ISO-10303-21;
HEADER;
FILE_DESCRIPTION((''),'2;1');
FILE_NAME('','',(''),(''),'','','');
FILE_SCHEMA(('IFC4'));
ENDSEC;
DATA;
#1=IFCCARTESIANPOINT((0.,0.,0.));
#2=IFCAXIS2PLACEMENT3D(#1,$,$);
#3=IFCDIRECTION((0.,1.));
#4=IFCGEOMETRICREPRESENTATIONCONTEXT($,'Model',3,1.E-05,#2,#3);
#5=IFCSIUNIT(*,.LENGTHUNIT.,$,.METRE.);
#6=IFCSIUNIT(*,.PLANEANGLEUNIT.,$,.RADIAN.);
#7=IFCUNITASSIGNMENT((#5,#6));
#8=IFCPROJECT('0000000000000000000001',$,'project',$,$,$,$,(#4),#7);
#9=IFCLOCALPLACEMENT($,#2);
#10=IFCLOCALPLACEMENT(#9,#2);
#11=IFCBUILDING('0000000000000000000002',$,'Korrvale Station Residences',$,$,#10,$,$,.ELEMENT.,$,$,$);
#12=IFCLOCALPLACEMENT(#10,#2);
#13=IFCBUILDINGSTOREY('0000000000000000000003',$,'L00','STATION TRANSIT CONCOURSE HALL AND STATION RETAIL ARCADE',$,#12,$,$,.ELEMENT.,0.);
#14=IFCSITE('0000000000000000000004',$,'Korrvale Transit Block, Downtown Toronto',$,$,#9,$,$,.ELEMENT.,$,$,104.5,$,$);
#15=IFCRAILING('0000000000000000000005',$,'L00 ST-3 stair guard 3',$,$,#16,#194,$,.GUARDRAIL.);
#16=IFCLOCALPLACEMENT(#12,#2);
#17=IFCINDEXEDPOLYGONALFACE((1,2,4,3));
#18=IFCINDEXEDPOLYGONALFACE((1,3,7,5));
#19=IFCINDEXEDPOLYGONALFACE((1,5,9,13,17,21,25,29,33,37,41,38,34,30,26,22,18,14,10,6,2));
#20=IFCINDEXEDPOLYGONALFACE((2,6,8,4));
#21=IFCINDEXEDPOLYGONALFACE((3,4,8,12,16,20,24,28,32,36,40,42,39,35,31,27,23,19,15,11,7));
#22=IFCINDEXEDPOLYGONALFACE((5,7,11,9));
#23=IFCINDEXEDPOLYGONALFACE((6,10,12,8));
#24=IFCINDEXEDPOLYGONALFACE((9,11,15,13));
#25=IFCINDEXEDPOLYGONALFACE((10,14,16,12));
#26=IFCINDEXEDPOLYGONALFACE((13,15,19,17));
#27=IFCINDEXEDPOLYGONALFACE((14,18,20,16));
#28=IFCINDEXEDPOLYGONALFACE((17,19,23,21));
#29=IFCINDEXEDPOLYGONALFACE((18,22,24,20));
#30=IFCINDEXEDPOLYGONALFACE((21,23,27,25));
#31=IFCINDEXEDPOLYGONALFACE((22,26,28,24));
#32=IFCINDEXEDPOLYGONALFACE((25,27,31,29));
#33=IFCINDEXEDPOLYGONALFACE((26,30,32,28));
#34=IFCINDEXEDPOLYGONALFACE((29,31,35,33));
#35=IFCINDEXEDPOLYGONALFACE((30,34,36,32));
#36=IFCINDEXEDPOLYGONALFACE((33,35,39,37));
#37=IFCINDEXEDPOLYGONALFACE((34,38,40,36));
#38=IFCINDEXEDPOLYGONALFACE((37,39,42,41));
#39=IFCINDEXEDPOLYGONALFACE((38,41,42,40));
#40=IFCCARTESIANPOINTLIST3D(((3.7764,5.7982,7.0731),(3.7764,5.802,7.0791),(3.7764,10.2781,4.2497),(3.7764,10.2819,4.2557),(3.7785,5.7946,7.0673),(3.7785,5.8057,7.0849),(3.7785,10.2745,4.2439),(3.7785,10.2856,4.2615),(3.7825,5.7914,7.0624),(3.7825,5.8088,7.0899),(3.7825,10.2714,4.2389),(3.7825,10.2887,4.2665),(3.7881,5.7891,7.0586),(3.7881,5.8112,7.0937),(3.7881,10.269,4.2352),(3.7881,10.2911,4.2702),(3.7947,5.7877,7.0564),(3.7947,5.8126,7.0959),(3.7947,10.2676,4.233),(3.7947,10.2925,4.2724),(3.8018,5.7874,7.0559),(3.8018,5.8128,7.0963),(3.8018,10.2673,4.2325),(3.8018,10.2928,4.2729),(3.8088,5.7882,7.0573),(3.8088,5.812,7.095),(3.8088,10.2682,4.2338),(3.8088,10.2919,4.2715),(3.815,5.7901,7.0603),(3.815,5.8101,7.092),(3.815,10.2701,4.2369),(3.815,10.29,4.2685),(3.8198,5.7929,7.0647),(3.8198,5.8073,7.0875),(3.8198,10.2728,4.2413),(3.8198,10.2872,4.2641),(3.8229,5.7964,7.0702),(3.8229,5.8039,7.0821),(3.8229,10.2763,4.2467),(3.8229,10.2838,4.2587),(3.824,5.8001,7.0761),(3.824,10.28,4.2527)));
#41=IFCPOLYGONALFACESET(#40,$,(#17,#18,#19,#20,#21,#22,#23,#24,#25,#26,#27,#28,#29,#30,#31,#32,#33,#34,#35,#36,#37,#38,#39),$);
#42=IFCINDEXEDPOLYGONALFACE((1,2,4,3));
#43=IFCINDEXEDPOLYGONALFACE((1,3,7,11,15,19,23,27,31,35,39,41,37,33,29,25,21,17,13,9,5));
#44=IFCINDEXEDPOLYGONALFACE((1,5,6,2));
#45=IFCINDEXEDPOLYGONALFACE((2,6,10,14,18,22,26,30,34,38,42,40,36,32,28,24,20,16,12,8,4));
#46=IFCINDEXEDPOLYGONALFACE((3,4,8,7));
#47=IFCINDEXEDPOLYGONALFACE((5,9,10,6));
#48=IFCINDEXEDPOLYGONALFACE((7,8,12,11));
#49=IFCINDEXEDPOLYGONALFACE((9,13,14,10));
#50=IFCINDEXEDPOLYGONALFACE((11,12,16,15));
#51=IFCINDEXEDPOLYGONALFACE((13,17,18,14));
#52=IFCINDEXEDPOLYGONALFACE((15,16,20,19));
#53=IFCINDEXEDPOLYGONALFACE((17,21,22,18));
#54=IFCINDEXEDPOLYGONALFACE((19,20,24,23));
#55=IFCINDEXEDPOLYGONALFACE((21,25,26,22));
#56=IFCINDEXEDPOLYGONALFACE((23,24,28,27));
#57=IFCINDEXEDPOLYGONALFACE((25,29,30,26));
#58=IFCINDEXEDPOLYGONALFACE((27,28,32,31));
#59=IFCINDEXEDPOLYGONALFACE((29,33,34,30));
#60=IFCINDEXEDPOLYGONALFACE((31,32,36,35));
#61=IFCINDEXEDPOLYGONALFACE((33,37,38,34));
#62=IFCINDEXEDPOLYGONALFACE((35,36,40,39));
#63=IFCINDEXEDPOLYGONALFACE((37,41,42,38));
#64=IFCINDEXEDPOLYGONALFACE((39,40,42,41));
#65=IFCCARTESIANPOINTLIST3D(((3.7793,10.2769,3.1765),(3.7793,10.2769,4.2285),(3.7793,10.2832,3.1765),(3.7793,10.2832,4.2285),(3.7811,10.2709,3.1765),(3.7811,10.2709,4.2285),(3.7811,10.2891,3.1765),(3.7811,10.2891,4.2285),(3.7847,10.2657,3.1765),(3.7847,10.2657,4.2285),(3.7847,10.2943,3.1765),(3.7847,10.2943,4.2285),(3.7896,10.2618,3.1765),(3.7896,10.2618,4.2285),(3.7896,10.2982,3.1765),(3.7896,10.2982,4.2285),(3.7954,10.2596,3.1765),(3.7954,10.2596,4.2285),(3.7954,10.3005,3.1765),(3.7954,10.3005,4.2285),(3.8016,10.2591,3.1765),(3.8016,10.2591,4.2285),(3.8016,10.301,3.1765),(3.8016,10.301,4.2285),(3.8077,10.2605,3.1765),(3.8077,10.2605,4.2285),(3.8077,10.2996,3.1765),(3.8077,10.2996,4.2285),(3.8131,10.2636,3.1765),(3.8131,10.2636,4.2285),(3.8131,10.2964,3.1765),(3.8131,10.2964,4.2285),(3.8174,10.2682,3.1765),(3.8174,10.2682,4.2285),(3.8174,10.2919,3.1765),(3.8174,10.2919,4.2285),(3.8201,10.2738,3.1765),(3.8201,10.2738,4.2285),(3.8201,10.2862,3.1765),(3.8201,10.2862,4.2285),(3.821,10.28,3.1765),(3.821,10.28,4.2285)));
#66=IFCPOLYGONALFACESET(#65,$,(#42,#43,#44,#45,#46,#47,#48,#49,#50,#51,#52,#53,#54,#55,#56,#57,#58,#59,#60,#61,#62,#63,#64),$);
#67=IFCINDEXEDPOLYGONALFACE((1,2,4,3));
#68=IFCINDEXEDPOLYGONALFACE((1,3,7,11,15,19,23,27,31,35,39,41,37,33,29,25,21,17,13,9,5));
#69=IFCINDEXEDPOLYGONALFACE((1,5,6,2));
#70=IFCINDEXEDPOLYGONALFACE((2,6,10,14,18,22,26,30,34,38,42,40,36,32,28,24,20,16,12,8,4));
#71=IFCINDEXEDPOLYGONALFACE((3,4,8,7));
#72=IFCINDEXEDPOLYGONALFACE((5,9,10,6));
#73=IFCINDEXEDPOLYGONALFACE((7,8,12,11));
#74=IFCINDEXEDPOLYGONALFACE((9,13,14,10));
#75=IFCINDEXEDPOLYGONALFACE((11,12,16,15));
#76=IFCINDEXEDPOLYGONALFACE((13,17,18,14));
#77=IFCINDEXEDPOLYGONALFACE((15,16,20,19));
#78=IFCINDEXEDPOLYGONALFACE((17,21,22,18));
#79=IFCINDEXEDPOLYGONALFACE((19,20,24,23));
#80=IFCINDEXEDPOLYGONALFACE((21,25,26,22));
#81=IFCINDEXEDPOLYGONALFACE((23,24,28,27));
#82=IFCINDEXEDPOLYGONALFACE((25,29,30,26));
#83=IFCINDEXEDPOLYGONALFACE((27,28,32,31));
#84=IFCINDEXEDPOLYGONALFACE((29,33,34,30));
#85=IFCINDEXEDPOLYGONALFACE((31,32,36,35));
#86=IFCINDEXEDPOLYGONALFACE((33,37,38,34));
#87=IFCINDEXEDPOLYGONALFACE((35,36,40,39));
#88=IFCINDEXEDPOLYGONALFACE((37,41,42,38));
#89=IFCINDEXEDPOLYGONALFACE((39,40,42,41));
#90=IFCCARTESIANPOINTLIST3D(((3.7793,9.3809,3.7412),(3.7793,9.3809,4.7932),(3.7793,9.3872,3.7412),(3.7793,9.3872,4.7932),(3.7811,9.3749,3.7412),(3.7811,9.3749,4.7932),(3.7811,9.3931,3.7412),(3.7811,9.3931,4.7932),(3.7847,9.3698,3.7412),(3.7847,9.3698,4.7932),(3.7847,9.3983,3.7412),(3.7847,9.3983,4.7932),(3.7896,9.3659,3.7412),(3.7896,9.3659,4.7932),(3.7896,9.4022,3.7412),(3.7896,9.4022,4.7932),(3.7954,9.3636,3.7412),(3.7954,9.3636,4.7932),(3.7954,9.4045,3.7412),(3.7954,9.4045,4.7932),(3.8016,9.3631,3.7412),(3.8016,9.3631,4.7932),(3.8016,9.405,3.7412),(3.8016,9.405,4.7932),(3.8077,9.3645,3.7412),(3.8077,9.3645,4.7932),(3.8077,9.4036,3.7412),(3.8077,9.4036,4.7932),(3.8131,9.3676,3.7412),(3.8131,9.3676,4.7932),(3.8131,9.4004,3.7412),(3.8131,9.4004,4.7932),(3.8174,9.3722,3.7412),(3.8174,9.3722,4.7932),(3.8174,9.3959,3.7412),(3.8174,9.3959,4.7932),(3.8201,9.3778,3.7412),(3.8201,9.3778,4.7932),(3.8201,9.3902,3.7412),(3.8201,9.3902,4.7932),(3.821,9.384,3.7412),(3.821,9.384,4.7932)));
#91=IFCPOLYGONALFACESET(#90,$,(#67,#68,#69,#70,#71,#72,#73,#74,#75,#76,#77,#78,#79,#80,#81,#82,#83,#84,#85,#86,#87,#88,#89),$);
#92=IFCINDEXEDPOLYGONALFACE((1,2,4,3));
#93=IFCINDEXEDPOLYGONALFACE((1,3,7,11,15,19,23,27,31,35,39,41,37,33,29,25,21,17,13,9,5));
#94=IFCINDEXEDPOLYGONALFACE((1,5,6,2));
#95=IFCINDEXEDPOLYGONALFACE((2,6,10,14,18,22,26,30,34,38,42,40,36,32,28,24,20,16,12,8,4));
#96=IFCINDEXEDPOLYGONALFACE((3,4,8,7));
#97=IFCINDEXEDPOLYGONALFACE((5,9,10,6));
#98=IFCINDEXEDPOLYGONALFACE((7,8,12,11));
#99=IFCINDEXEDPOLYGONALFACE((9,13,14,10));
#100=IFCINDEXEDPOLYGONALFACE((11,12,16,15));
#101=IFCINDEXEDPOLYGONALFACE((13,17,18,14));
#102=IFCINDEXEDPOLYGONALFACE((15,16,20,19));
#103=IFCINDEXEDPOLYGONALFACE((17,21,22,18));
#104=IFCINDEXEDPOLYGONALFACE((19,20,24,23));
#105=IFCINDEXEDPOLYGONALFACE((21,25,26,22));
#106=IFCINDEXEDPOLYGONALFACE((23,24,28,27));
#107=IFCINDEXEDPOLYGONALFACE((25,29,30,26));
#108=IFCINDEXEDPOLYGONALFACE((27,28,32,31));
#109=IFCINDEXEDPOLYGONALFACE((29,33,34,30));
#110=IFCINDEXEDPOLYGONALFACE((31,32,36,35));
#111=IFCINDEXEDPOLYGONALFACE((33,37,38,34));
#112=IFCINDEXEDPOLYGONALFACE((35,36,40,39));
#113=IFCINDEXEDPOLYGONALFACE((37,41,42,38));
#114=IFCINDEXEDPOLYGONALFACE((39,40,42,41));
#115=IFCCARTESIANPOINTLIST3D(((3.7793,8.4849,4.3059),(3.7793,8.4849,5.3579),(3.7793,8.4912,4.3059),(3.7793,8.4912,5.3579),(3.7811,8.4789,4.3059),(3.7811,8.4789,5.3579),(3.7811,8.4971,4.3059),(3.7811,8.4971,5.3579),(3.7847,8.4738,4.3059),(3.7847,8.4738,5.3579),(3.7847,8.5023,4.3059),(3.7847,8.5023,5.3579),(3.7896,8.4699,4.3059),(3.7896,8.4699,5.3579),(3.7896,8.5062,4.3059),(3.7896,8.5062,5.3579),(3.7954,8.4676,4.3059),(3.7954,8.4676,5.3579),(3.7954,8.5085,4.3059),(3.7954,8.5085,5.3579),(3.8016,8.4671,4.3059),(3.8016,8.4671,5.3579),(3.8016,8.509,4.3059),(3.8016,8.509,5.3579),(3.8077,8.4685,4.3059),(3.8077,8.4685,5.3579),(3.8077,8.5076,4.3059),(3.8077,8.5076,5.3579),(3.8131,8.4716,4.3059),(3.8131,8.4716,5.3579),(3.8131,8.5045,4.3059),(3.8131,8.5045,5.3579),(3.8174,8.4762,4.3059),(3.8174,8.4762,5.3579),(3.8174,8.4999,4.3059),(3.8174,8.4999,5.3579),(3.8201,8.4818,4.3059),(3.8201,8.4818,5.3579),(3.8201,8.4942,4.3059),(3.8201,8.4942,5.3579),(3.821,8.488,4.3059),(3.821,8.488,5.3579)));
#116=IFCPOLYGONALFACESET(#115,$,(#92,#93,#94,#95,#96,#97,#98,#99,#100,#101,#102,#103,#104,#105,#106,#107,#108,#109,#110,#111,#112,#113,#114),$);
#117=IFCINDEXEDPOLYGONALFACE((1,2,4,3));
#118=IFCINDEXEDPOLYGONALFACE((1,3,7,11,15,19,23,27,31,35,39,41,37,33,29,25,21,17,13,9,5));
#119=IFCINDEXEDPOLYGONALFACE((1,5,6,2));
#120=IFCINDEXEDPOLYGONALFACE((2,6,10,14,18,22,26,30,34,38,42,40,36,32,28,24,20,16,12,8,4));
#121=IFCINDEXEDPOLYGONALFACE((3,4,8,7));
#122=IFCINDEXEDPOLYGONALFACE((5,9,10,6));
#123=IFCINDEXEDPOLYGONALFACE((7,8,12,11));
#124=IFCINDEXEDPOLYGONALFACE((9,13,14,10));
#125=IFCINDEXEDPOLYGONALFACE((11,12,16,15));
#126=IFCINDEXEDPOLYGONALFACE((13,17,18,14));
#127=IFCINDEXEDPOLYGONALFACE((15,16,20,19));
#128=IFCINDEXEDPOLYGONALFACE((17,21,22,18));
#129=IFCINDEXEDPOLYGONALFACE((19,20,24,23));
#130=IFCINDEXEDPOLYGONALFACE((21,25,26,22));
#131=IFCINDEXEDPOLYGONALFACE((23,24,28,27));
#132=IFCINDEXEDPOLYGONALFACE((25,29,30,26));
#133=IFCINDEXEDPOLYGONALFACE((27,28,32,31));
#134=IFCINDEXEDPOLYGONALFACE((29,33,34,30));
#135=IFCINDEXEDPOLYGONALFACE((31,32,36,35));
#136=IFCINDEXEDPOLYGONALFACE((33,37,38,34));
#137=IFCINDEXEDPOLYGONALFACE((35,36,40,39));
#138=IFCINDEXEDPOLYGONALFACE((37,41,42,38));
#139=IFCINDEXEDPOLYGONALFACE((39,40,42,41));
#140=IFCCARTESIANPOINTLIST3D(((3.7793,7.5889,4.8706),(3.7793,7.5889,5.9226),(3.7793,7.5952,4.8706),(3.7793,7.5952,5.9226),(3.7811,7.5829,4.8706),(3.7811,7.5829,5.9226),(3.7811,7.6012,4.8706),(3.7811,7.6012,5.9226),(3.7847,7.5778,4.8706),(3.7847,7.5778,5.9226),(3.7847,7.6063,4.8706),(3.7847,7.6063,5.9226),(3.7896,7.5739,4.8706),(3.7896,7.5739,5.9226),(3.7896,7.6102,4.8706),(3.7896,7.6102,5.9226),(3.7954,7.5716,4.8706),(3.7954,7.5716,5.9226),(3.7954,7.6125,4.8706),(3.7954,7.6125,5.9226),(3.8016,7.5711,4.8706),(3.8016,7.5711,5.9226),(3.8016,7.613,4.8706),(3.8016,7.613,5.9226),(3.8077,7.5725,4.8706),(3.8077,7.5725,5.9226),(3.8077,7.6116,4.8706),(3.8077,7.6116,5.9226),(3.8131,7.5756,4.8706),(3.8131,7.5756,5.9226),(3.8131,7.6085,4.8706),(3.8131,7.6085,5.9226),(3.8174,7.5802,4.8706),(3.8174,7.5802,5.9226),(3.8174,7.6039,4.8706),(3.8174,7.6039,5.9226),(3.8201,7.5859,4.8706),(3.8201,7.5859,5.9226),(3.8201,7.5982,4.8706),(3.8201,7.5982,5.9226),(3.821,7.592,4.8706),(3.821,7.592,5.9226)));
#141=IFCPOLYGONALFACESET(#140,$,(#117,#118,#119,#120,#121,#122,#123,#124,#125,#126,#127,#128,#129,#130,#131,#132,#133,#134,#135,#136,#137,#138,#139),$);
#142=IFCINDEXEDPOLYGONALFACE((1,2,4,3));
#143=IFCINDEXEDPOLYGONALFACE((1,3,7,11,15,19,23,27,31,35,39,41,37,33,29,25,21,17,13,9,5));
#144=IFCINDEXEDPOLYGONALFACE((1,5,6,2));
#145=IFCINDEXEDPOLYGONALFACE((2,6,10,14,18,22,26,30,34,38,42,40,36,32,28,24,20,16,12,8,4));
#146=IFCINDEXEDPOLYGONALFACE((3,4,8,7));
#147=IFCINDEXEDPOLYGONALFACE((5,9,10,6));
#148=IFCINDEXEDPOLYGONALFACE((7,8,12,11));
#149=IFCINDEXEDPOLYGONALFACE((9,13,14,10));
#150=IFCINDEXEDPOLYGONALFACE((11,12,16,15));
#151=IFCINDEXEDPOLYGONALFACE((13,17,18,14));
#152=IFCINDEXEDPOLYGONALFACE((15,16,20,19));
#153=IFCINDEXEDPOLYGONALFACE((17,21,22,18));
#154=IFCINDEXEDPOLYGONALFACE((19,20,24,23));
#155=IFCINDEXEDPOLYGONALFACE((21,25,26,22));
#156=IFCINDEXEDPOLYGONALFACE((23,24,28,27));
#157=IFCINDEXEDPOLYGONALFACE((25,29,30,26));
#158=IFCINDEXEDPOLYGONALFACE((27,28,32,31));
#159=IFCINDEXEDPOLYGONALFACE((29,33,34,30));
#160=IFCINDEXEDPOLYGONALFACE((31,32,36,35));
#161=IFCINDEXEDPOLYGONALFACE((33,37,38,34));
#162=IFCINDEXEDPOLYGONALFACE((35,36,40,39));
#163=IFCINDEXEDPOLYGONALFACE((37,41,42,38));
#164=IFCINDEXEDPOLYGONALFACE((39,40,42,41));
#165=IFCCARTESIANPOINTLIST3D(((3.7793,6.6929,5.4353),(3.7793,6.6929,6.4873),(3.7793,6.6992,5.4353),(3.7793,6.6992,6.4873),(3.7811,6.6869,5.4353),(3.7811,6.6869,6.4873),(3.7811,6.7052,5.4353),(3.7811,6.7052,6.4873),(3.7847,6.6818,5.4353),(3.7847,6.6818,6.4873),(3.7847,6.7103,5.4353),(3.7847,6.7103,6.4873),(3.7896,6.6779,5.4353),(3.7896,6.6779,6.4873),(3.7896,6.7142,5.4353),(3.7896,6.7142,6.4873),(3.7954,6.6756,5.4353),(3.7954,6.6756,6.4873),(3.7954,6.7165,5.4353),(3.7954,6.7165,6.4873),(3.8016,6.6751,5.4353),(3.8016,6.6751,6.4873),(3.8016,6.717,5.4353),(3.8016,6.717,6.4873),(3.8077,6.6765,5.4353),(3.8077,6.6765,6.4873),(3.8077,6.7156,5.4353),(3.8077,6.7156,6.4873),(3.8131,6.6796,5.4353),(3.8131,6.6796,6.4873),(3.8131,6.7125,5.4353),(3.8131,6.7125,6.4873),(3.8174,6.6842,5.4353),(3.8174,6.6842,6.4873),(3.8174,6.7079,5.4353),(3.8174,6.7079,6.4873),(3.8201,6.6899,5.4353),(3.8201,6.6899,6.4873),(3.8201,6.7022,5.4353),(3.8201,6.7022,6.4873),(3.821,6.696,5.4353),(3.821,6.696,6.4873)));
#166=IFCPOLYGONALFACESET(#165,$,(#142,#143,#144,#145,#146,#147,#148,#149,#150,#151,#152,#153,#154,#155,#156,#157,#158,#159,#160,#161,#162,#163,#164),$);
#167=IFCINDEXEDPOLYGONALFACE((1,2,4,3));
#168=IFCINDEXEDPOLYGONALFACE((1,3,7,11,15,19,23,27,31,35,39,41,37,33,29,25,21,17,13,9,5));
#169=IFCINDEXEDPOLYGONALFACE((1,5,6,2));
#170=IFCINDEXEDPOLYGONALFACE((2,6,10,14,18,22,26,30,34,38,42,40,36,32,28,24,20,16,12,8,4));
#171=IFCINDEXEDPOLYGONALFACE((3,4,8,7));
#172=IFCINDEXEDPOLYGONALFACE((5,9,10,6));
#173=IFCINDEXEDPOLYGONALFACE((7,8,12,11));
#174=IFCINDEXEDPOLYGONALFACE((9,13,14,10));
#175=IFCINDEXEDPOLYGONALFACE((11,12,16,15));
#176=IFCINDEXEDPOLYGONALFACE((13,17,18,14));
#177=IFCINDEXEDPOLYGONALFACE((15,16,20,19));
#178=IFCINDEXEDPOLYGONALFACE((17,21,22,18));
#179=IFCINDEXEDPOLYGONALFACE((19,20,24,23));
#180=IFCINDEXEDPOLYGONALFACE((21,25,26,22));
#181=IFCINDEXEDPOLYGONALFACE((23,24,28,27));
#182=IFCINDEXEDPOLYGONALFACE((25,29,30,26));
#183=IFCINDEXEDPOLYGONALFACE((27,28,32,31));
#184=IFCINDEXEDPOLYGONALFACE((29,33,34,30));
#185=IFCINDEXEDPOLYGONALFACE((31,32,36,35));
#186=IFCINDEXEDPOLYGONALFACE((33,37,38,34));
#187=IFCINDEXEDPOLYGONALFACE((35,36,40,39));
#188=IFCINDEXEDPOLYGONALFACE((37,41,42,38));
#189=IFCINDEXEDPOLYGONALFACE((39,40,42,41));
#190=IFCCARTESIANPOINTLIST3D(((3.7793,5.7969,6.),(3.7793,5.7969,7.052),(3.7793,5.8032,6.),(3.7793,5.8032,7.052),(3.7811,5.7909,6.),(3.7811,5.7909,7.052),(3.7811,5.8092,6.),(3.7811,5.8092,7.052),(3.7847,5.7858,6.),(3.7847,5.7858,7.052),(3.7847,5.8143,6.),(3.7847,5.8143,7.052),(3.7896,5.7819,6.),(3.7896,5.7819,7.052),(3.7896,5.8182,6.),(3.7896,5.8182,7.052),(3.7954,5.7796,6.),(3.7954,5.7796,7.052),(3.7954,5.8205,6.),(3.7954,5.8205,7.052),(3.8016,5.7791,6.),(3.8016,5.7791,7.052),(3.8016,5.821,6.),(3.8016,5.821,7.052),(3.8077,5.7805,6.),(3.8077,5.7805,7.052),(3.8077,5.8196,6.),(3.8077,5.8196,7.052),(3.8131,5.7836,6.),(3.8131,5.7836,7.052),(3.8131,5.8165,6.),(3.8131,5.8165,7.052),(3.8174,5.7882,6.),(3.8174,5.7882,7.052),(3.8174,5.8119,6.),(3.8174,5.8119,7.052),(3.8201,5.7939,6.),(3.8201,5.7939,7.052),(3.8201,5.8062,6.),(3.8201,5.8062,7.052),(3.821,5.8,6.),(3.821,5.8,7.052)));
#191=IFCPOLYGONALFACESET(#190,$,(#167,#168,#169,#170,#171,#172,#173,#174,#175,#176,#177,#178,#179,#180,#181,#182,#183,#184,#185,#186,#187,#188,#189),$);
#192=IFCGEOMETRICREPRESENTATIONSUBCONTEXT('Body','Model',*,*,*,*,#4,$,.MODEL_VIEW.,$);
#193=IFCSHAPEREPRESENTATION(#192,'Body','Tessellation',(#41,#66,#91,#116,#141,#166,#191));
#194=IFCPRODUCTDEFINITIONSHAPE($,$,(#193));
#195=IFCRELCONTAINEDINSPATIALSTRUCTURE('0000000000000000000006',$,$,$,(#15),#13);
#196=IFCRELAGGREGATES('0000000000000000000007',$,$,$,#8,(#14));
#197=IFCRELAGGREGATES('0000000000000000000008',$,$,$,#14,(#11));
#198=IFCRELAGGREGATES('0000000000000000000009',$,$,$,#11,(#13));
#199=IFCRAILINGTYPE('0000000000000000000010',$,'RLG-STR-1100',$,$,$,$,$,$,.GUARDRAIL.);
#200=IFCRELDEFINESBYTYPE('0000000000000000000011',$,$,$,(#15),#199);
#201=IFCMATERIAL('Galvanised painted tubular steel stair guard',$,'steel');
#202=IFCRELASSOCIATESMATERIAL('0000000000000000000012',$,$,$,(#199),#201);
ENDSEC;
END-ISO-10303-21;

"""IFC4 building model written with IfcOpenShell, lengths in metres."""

from ifc_helpers import new_model, si_unit, direction, frame, origin, origin_2d, place, context, subcontext, project, spatial, circle, extrude, material, type_object, element, save


model = new_model("IFC4")

# Units and contexts
model_context = context("Model", 3, precision=1e-05, world=origin(), true_north=direction((0.0, 1.0)))
body_context = subcontext(model_context, "Body", "Model", "MODEL_VIEW")
ifc_project = project(units=[si_unit("LENGTHUNIT", "METRE"), si_unit("PLANEANGLEUNIT", "RADIAN")], contexts=[model_context])

# Site, building, storey
site_placement = place(None, origin())
site = spatial("IfcSite", under=ifc_project, at=site_placement, Name="Korrvale Transit Block, Downtown Toronto", CompositionType="ELEMENT", RefElevation=104.5)
building_placement = place(site_placement, origin())
building = spatial("IfcBuilding", under=site, at=building_placement, Name="Korrvale Station Residences", CompositionType="ELEMENT")
storey_placement = place(building_placement, origin())
storey = spatial("IfcBuildingStorey", under=building, at=storey_placement, Name="L00", Description="STATION TRANSIT CONCOURSE HALL AND STATION RETAIL ARCADE", CompositionType="ELEMENT", Elevation=0.0)

# Railing
ifc_material_1 = material(Name="Galvanised painted tubular steel stair guard", Category="steel")
railing_type_1 = type_object("IfcRailingType", Name="RLG-STR-1100", PredefinedType="GUARDRAIL", material=ifc_material_1)
railing_1_placement = place(storey_placement, frame((3.8, 10.28, 3.1765)))
element("IfcRailing", 1, at=railing_1_placement, inside=storey, type_object=railing_type_1, Name="L00 ST-3 stair guard 3", PredefinedType="GUARDRAIL", context=body_context, shape_type="SweptSolid", body=[
    extrude(circle(Radius=0.0239, at=origin_2d()), frame((0.0, 0.0, 1.0762), z_axis=(0.0, -0.845998, 0.533186), x_axis=(1.0, 0.0, 0.0)), (0.0, 0.0, 1.0), 5.2954),
    extrude(circle(Radius=0.021, at=origin_2d()), origin(), (0.0, 0.0, 1.0), 1.052),
    extrude(circle(Radius=0.021, at=origin_2d()), frame((0.0, -0.896, 0.5647)), (0.0, 0.0, 1.0), 1.052),
    extrude(circle(Radius=0.021, at=origin_2d()), frame((0.0, -1.792, 1.1294)), (0.0, 0.0, 1.0), 1.052),
    extrude(circle(Radius=0.021, at=origin_2d()), frame((0.0, -2.688, 1.6941)), (0.0, 0.0, 1.0), 1.052),
    extrude(circle(Radius=0.021, at=origin_2d()), frame((0.0, -3.584, 2.2588)), (0.0, 0.0, 1.0), 1.052),
    extrude(circle(Radius=0.021, at=origin_2d()), frame((0.0, -4.48, 2.8235)), (0.0, 0.0, 1.0), 1.052),
])

save(model, "model.ifc")
